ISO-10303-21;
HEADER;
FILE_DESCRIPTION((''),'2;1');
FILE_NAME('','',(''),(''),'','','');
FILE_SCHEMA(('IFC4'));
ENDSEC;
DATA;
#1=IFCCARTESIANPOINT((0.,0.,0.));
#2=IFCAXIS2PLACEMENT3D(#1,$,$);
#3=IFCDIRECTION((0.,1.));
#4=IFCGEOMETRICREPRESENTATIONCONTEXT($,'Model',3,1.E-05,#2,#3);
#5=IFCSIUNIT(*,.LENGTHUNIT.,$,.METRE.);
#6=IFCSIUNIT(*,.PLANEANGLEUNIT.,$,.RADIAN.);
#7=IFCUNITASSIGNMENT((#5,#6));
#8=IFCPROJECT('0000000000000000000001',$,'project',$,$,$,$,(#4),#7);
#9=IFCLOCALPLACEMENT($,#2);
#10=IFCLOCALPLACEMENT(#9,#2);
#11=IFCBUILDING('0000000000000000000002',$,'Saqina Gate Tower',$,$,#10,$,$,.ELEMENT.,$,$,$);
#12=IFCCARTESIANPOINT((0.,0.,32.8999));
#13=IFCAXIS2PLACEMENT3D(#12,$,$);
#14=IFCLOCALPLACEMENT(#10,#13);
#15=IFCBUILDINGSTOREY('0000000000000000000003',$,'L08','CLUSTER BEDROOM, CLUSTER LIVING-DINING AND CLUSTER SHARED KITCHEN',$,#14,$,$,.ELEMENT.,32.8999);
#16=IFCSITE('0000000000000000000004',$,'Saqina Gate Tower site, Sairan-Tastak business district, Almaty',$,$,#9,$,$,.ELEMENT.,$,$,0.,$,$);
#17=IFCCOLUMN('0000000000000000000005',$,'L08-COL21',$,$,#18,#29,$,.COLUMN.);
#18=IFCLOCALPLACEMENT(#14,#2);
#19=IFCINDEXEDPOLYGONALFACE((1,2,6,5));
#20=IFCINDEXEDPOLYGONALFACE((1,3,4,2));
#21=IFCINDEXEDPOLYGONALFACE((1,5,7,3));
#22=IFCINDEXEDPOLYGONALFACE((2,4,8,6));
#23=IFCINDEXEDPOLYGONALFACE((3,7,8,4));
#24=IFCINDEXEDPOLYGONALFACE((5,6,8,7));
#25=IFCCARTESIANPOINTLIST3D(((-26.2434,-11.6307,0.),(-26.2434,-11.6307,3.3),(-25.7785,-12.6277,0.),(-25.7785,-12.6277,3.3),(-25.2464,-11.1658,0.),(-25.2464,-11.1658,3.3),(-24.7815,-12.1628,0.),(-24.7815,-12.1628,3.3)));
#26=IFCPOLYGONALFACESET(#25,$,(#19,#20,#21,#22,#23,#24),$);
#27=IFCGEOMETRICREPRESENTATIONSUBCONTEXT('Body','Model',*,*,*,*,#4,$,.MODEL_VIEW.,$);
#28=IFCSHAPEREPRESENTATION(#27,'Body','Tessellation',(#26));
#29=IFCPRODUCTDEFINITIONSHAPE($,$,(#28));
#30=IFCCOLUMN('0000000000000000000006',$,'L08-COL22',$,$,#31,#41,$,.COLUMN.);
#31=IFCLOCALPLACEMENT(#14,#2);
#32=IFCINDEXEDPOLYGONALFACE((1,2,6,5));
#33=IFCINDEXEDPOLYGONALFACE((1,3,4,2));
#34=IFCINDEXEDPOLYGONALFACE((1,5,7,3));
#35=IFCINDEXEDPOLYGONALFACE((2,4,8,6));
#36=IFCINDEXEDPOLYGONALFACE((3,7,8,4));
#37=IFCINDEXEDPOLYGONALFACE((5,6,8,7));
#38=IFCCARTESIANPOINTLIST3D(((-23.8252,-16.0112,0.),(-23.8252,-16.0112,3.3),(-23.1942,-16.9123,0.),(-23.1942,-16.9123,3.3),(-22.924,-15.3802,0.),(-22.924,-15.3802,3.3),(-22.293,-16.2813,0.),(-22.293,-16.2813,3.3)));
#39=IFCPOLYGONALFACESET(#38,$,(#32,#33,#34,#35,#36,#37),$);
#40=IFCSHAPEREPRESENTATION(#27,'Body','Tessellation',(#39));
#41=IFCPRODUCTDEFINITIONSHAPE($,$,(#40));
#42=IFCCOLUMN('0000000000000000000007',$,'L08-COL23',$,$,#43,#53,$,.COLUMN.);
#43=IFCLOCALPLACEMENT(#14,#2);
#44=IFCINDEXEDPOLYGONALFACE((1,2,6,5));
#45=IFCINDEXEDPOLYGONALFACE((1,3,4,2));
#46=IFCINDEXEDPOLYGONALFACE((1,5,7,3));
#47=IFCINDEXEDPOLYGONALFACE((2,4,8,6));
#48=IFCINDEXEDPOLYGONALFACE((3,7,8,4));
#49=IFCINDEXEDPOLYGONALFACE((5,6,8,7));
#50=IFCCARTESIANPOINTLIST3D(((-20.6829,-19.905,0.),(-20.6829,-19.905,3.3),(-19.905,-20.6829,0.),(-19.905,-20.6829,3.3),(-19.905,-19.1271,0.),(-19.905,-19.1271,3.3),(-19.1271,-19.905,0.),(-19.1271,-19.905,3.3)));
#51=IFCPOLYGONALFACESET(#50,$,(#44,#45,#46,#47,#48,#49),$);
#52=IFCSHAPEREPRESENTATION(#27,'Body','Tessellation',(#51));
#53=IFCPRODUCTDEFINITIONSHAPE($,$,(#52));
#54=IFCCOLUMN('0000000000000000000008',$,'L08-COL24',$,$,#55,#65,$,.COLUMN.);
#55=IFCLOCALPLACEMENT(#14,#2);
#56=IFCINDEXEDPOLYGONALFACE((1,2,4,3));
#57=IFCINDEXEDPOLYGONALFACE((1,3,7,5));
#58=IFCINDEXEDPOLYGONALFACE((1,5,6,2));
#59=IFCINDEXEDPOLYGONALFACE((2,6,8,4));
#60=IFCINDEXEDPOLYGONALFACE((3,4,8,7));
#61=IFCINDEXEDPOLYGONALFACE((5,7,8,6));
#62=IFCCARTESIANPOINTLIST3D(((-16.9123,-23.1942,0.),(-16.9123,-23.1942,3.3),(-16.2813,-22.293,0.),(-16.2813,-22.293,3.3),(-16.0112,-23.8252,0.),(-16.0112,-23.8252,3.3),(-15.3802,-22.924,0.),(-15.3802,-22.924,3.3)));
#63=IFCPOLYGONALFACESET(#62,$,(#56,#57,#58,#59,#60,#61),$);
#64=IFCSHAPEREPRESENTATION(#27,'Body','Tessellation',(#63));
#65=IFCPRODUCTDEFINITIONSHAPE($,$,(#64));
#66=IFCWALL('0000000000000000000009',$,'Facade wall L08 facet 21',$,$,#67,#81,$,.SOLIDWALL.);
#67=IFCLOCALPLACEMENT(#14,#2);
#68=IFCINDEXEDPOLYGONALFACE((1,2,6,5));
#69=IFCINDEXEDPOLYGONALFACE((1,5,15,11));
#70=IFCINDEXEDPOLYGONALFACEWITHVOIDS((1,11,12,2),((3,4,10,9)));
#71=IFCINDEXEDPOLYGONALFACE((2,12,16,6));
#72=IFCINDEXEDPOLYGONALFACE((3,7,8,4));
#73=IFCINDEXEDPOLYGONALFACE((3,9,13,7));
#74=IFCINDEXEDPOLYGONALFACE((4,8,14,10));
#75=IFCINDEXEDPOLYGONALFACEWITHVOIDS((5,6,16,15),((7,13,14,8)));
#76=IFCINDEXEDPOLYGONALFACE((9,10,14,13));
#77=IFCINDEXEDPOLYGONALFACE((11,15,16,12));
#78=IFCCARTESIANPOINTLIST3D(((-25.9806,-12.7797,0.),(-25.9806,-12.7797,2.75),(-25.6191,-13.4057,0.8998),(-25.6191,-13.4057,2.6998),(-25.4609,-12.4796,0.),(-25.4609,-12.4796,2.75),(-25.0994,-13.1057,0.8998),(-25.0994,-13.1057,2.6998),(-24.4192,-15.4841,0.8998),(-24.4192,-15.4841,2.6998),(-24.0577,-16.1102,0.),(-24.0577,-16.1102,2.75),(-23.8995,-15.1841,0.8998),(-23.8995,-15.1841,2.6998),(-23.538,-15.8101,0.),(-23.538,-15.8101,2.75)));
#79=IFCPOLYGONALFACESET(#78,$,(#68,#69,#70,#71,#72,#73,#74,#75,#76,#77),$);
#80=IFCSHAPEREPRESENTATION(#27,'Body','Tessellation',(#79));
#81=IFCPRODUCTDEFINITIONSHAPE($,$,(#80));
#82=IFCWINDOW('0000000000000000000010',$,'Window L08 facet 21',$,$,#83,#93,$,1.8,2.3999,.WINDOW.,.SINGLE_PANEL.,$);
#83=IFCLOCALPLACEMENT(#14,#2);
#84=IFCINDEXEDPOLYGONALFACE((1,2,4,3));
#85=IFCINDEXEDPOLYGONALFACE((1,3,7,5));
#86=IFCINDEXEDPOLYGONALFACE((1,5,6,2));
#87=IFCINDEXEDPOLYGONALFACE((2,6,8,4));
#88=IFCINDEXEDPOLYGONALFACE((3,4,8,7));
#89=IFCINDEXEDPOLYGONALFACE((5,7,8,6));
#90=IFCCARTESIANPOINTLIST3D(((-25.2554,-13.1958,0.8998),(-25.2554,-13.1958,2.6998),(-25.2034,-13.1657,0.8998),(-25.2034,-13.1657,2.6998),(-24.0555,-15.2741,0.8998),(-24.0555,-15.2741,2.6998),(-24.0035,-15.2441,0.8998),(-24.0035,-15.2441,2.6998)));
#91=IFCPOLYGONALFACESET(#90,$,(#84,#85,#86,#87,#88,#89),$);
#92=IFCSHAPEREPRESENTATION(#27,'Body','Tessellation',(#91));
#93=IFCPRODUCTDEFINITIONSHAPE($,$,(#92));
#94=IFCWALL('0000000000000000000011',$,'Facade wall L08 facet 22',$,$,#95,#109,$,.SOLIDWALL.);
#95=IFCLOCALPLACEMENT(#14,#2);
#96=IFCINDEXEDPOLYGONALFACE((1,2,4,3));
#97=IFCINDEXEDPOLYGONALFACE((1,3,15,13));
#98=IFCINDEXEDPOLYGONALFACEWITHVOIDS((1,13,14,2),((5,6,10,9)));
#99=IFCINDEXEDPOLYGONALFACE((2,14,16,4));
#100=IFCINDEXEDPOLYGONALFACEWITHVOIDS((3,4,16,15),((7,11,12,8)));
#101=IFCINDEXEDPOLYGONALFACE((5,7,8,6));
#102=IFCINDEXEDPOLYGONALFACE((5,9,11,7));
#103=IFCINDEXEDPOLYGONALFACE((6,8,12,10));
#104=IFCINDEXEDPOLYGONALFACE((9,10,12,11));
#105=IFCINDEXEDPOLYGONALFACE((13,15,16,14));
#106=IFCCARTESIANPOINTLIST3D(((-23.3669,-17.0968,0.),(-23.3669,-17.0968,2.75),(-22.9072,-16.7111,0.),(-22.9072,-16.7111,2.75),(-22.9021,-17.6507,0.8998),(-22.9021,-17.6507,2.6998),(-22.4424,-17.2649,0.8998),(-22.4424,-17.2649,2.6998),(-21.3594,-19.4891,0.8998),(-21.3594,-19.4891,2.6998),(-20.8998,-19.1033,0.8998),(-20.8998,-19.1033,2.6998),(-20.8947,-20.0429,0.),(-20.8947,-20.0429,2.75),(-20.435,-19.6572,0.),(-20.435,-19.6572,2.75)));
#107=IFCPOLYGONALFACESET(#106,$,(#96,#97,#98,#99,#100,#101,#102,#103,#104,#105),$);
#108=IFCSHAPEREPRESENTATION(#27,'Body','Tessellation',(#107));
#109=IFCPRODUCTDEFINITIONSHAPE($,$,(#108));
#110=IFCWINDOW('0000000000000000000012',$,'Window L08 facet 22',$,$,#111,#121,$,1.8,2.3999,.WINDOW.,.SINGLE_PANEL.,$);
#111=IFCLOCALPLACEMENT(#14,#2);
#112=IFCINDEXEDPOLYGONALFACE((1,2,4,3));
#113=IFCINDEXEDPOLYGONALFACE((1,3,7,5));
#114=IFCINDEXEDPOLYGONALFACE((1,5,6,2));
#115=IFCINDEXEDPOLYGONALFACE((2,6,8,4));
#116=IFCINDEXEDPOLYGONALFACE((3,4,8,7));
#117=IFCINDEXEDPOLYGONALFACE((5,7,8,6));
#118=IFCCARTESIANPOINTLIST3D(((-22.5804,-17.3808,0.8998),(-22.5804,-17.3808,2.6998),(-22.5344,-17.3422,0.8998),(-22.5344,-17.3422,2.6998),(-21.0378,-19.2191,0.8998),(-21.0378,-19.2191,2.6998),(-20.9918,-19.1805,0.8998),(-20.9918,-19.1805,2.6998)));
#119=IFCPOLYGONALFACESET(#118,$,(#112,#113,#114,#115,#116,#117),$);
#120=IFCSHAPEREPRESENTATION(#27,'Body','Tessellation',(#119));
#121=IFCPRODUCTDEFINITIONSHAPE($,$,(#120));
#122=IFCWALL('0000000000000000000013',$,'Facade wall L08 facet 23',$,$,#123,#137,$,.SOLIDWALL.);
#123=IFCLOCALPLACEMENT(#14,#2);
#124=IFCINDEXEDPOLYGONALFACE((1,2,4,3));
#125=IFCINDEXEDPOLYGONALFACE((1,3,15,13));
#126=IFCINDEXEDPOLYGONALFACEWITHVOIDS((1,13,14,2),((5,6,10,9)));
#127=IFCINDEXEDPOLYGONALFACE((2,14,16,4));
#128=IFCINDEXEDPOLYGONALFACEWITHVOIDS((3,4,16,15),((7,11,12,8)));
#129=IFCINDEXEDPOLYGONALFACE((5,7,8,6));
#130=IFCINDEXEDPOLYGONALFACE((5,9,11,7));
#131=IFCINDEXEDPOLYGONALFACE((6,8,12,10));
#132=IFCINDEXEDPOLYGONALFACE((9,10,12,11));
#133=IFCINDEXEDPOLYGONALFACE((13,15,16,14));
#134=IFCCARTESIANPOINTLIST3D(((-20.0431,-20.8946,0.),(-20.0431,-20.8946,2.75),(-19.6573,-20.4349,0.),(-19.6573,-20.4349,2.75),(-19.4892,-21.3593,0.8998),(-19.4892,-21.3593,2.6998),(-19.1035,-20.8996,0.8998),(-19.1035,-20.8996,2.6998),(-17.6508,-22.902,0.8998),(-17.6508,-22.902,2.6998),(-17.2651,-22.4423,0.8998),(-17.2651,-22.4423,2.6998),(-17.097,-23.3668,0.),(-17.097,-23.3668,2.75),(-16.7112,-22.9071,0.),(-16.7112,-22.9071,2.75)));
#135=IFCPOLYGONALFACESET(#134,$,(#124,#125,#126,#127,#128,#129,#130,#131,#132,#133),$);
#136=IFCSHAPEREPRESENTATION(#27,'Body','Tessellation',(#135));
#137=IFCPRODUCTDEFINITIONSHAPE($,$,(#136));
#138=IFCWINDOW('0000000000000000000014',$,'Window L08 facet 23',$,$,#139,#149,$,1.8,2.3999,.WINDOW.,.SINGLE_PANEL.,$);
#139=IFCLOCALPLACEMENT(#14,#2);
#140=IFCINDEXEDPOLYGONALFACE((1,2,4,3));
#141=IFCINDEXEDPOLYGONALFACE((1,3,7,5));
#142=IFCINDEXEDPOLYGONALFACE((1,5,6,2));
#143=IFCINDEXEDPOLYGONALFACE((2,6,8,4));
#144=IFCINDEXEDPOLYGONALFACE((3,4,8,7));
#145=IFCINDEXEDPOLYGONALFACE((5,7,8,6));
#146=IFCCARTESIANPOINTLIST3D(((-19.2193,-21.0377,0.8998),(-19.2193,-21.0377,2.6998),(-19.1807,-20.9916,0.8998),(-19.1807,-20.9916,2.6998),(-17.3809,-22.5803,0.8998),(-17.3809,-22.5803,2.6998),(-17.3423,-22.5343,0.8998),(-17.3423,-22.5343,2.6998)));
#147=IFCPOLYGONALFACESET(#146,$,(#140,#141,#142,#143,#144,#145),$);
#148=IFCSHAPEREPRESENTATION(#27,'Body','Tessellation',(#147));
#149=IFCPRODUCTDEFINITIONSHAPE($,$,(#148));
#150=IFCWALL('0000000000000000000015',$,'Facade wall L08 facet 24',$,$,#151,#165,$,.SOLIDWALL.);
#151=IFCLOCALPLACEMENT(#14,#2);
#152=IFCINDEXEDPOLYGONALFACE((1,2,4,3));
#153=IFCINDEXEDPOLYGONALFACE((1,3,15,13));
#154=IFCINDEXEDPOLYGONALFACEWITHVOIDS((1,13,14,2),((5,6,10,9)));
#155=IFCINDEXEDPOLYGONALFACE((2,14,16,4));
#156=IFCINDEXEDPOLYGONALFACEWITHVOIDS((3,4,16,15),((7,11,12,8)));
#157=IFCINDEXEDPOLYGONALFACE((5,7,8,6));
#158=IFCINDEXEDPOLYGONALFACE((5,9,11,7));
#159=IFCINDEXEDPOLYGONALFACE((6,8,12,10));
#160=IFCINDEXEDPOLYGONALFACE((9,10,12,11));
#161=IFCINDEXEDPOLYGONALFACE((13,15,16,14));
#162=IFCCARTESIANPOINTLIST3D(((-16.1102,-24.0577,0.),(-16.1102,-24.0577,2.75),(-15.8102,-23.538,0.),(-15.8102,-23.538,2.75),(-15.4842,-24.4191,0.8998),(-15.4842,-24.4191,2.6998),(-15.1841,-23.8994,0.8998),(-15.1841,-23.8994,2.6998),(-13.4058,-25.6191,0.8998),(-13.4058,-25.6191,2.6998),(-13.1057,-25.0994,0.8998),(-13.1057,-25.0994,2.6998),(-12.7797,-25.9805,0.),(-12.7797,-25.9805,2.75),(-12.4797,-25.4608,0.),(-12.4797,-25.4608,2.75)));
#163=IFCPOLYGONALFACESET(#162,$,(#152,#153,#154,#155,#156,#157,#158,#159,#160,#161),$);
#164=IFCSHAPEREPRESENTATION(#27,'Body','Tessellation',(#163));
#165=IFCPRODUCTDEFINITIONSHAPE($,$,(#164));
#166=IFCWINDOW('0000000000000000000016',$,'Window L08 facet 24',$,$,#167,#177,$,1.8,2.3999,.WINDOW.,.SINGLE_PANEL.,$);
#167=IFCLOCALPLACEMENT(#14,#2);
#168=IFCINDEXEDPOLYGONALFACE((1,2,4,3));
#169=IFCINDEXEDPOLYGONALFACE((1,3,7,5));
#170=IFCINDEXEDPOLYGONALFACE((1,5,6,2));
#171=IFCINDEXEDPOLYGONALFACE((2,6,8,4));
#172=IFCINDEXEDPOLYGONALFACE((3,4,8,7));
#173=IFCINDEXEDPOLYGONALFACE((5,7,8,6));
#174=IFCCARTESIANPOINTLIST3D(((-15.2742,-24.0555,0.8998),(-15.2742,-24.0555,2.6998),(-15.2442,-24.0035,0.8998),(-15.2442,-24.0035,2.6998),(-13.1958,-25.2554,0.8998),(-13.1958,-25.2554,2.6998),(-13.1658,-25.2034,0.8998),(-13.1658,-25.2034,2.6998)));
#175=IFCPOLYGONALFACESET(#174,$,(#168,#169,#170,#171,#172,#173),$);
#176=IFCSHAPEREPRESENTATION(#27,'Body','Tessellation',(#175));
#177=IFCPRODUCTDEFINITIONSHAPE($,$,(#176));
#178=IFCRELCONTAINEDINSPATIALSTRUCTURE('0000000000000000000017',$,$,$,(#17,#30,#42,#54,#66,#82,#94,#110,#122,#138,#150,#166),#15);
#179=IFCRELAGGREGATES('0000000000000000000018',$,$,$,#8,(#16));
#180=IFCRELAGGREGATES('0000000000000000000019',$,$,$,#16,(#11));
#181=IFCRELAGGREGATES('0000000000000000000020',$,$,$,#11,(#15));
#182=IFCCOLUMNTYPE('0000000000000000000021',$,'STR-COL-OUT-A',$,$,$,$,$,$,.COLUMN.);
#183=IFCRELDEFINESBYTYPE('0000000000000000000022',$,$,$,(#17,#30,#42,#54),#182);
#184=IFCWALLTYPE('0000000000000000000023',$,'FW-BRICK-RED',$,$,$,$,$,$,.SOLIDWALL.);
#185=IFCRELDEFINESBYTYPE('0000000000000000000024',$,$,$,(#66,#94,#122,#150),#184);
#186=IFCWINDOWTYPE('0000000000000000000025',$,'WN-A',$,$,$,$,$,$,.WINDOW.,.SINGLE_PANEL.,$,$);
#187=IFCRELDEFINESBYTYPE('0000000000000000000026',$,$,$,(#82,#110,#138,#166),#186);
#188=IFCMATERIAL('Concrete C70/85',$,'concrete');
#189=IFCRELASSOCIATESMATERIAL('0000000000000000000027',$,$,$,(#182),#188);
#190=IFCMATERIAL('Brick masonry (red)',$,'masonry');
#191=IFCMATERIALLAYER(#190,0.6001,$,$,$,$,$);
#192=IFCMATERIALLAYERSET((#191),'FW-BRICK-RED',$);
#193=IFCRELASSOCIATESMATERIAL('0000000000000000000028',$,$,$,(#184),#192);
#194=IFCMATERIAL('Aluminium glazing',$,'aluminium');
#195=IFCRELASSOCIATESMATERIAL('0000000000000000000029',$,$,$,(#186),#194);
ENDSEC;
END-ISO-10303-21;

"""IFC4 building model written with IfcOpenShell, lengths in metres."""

from ifc_helpers import new_model, si_unit, direction, frame, frame_2d, origin, origin_2d, place, context, subcontext, project, spatial, rectangle, extrude, material, layer, layer_set, material_profile, profile_set, type_object, element, fill, save


model = new_model("IFC4")

# Units and contexts
model_context = context("Model", 3, precision=1e-05, world=origin(), true_north=direction((0.0, 1.0)))
body_context = subcontext(model_context, "Body", "Model", "MODEL_VIEW")
ifc_project = project(units=[si_unit("LENGTHUNIT", "METRE"), si_unit("PLANEANGLEUNIT", "RADIAN")], contexts=[model_context])

# Site, building, storey
site_placement = place(None, origin())
site = spatial("IfcSite", under=ifc_project, at=site_placement, Name="Saqina Gate Tower site, Sairan-Tastak business district, Almaty", CompositionType="ELEMENT", RefElevation=0.0)
building_placement = place(site_placement, origin())
building = spatial("IfcBuilding", under=site, at=building_placement, Name="Saqina Gate Tower", CompositionType="ELEMENT")
storey_placement = place(building_placement, frame((0.0, 0.0, 32.8999)))
storey = spatial("IfcBuildingStorey", under=building, at=storey_placement, Name="L08", Description="CLUSTER BEDROOM, CLUSTER LIVING-DINING AND CLUSTER SHARED KITCHEN", CompositionType="ELEMENT", Elevation=32.8999)

# Columns
ifc_material_1 = material(Name="Concrete C70/85", Category="concrete")
ifc_material_profile = material_profile(ifc_material_1, rectangle(XDim=1.1001, YDim=1.1001, at=origin_2d()), Name="RC 1100x1100")
ifc_profile_set = profile_set([ifc_material_profile], Name="Concrete C70/85")
column_type = type_object("IfcColumnType", Name="STR-COL-OUT-A", PredefinedType="COLUMN", material=ifc_profile_set)
for number, where, z_axis, x_axis, name in (
    (1, (-25.5125, -11.8967, 0.0), (0.0, 0.0, 1.0), (-0.906308, -0.422618, 0.0), "L08-COL21"),
    (2, (-23.0591, -16.1462, 0.0), (0.0, 0.0, 1.0), (-0.819152, -0.573576, 0.0), "L08-COL22"),
    (3, (-19.905, -19.905, 0.0), (0.0, 0.0, 1.0), (-0.707107, -0.707107, 0.0), "L08-COL23"),
    (4, (-16.1462, -23.0591, 0.0), (0.0, 0.0, 1.0), (-0.573576, -0.819152, 0.0), "L08-COL24"),
):
    element("IfcColumn", number, at=place(storey_placement, frame(where, z_axis=z_axis, x_axis=x_axis)), inside=storey, type_object=column_type, Name=name, PredefinedType="COLUMN", context=body_context, shape_type="SweptSolid", body=[
        extrude(rectangle(XDim=1.1001, YDim=1.1001, at=origin_2d()), origin(), (0.0, 0.0, 1.0), 3.3),
    ])

# Walls, openings, windows
ifc_material_2 = material(Name="Brick masonry (red)", Category="masonry")
ifc_layer_1 = layer(ifc_material_2, 0.6001)
ifc_layer_set_1 = layer_set([ifc_layer_1], Name="FW-BRICK-RED")
wall_type_1 = type_object("IfcWallType", Name="FW-BRICK-RED", PredefinedType="SOLIDWALL", material=ifc_layer_set_1)
wall_1_placement = place(storey_placement, frame((-25.7207, -12.6296, 0.0), z_axis=(0.0, 0.0, 1.0), x_axis=(0.49999, -0.866031, 0.0)))
wall_1 = element("IfcWall", 5, at=wall_1_placement, inside=storey, type_object=wall_type_1, Name="Facade wall L08 facet 21", PredefinedType="SOLIDWALL", context=body_context, shape_type="SweptSolid", body=[
    extrude(rectangle(XDim=3.8457, YDim=0.6001, at=frame_2d((1.9229, 0.0))), origin(), (0.0, 0.0, 1.0), 2.75),
])
opening_1_placement = place(wall_1_placement, frame((0.7229, 0.0, 0.8999)))
opening_1 = element("IfcOpeningElement", 6, at=opening_1_placement, cuts=wall_1, PredefinedType="OPENING", context=body_context, shape_type="SweptSolid", body=[
    extrude(rectangle(XDim=2.3999, YDim=1.8, at=frame_2d((1.2, 0.8999))), frame((0.0, 0.312, 0.0), z_axis=(0.0, -1.0, 0.0), x_axis=(1.0, 0.0, 0.0)), (0.0, 0.0, 1.0), 0.624),
])
ifc_material_3 = material(Name="Aluminium glazing", Category="aluminium")
window_type = type_object("IfcWindowType", Name="WN-A", PartitioningType="SINGLE_PANEL", PredefinedType="WINDOW", material=ifc_material_3)
window_1_placement = place(opening_1_placement, origin())
window_1 = element("IfcWindow", 7, at=window_1_placement, inside=storey, type_object=window_type, Name="Window L08 facet 21", OverallHeight=1.8, OverallWidth=2.3999, PartitioningType="SINGLE_PANEL", PredefinedType="WINDOW", context=body_context, shape_type="SweptSolid", body=[
    extrude(rectangle(XDim=2.3999, YDim=1.8, at=frame_2d((1.2, 0.8999))), frame((0.0, 0.1799, 0.0), z_axis=(0.0, -1.0, 0.0), x_axis=(1.0, 0.0, 0.0)), (0.0, 0.0, 1.0), 0.0601),
])
fill(opening_1, window_1)
wall_2_placement = place(storey_placement, frame((-23.137, -16.9041, 0.0), z_axis=(0.0, 0.0, 1.0), x_axis=(0.642809, -0.766026, 0.0)))
wall_2 = element("IfcWall", 8, at=wall_2_placement, inside=storey, type_object=wall_type_1, Name="Facade wall L08 facet 22", PredefinedType="SOLIDWALL", context=body_context, shape_type="SweptSolid", body=[
    extrude(rectangle(XDim=3.8459, YDim=0.6001, at=frame_2d((1.9229, 0.0))), origin(), (0.0, 0.0, 1.0), 2.75),
])
opening_2_placement = place(wall_2_placement, frame((0.7229, 0.0, 0.8999)))
opening_2 = element("IfcOpeningElement", 9, at=opening_2_placement, cuts=wall_2, PredefinedType="OPENING", context=body_context, shape_type="SweptSolid", body=[
    extrude(rectangle(XDim=2.3999, YDim=1.8, at=frame_2d((1.2, 0.8999))), frame((0.0, 0.312, 0.0), z_axis=(0.0, -1.0, 0.0), x_axis=(1.0, 0.0, 0.0)), (0.0, 0.0, 1.0), 0.624),
])
window_2_placement = place(opening_2_placement, origin())
window_2 = element("IfcWindow", 10, at=window_2_placement, inside=storey, type_object=window_type, Name="Window L08 facet 22", OverallHeight=1.8, OverallWidth=2.3999, PartitioningType="SINGLE_PANEL", PredefinedType="WINDOW", context=body_context, shape_type="SweptSolid", body=[
    extrude(rectangle(XDim=2.3999, YDim=1.8, at=frame_2d((1.2, 0.8999))), frame((0.0, 0.1799, 0.0), z_axis=(0.0, -1.0, 0.0), x_axis=(1.0, 0.0, 0.0)), (0.0, 0.0, 1.0), 0.0601),
])
fill(opening_2, window_2)
wall_3_placement = place(storey_placement, frame((-19.8501, -20.6648, 0.0), z_axis=(0.0, 0.0, 1.0), x_axis=(0.766026, -0.642809, 0.0)))
wall_3 = element("IfcWall", 11, at=wall_3_placement, inside=storey, type_object=wall_type_1, Name="Facade wall L08 facet 23", PredefinedType="SOLIDWALL", context=body_context, shape_type="SweptSolid", body=[
    extrude(rectangle(XDim=3.8459, YDim=0.6001, at=frame_2d((1.9229, 0.0))), origin(), (0.0, 0.0, 1.0), 2.75),
])
opening_3_placement = place(wall_3_placement, frame((0.7229, 0.0, 0.8999)))
opening_3 = element("IfcOpeningElement", 12, at=opening_3_placement, cuts=wall_3, PredefinedType="OPENING", context=body_context, shape_type="SweptSolid", body=[
    extrude(rectangle(XDim=2.3999, YDim=1.8, at=frame_2d((1.2, 0.8999))), frame((0.0, 0.312, 0.0), z_axis=(0.0, -1.0, 0.0), x_axis=(1.0, 0.0, 0.0)), (0.0, 0.0, 1.0), 0.624),
])
window_3_placement = place(opening_3_placement, origin())
window_3 = element("IfcWindow", 13, at=window_3_placement, inside=storey, type_object=window_type, Name="Window L08 facet 23", OverallHeight=1.8, OverallWidth=2.3999, PartitioningType="SINGLE_PANEL", PredefinedType="WINDOW", context=body_context, shape_type="SweptSolid", body=[
    extrude(rectangle(XDim=2.3999, YDim=1.8, at=frame_2d((1.2, 0.8999))), frame((0.0, 0.1799, 0.0), z_axis=(0.0, -1.0, 0.0), x_axis=(1.0, 0.0, 0.0)), (0.0, 0.0, 1.0), 0.0601),
])
fill(opening_3, window_3)
wall_4_placement = place(storey_placement, frame((-15.9602, -23.7979, 0.0), z_axis=(0.0, 0.0, 1.0), x_axis=(0.866031, -0.49999, 0.0)))
wall_4 = element("IfcWall", 14, at=wall_4_placement, inside=storey, type_object=wall_type_1, Name="Facade wall L08 facet 24", PredefinedType="SOLIDWALL", context=body_context, shape_type="SweptSolid", body=[
    extrude(rectangle(XDim=3.8457, YDim=0.6001, at=frame_2d((1.9229, 0.0))), origin(), (0.0, 0.0, 1.0), 2.75),
])
opening_4_placement = place(wall_4_placement, frame((0.7229, 0.0, 0.8999)))
opening_4 = element("IfcOpeningElement", 15, at=opening_4_placement, cuts=wall_4, PredefinedType="OPENING", context=body_context, shape_type="SweptSolid", body=[
    extrude(rectangle(XDim=2.3999, YDim=1.8, at=frame_2d((1.2, 0.8999))), frame((0.0, 0.312, 0.0), z_axis=(0.0, -1.0, 0.0), x_axis=(1.0, 0.0, 0.0)), (0.0, 0.0, 1.0), 0.624),
])
window_4_placement = place(opening_4_placement, origin())
window_4 = element("IfcWindow", 16, at=window_4_placement, inside=storey, type_object=window_type, Name="Window L08 facet 24", OverallHeight=1.8, OverallWidth=2.3999, PartitioningType="SINGLE_PANEL", PredefinedType="WINDOW", context=body_context, shape_type="SweptSolid", body=[
    extrude(rectangle(XDim=2.3999, YDim=1.8, at=frame_2d((1.2, 0.8999))), frame((0.0, 0.1799, 0.0), z_axis=(0.0, -1.0, 0.0), x_axis=(1.0, 0.0, 0.0)), (0.0, 0.0, 1.0), 0.0601),
])
fill(opening_4, window_4)

save(model, "model.ifc")
